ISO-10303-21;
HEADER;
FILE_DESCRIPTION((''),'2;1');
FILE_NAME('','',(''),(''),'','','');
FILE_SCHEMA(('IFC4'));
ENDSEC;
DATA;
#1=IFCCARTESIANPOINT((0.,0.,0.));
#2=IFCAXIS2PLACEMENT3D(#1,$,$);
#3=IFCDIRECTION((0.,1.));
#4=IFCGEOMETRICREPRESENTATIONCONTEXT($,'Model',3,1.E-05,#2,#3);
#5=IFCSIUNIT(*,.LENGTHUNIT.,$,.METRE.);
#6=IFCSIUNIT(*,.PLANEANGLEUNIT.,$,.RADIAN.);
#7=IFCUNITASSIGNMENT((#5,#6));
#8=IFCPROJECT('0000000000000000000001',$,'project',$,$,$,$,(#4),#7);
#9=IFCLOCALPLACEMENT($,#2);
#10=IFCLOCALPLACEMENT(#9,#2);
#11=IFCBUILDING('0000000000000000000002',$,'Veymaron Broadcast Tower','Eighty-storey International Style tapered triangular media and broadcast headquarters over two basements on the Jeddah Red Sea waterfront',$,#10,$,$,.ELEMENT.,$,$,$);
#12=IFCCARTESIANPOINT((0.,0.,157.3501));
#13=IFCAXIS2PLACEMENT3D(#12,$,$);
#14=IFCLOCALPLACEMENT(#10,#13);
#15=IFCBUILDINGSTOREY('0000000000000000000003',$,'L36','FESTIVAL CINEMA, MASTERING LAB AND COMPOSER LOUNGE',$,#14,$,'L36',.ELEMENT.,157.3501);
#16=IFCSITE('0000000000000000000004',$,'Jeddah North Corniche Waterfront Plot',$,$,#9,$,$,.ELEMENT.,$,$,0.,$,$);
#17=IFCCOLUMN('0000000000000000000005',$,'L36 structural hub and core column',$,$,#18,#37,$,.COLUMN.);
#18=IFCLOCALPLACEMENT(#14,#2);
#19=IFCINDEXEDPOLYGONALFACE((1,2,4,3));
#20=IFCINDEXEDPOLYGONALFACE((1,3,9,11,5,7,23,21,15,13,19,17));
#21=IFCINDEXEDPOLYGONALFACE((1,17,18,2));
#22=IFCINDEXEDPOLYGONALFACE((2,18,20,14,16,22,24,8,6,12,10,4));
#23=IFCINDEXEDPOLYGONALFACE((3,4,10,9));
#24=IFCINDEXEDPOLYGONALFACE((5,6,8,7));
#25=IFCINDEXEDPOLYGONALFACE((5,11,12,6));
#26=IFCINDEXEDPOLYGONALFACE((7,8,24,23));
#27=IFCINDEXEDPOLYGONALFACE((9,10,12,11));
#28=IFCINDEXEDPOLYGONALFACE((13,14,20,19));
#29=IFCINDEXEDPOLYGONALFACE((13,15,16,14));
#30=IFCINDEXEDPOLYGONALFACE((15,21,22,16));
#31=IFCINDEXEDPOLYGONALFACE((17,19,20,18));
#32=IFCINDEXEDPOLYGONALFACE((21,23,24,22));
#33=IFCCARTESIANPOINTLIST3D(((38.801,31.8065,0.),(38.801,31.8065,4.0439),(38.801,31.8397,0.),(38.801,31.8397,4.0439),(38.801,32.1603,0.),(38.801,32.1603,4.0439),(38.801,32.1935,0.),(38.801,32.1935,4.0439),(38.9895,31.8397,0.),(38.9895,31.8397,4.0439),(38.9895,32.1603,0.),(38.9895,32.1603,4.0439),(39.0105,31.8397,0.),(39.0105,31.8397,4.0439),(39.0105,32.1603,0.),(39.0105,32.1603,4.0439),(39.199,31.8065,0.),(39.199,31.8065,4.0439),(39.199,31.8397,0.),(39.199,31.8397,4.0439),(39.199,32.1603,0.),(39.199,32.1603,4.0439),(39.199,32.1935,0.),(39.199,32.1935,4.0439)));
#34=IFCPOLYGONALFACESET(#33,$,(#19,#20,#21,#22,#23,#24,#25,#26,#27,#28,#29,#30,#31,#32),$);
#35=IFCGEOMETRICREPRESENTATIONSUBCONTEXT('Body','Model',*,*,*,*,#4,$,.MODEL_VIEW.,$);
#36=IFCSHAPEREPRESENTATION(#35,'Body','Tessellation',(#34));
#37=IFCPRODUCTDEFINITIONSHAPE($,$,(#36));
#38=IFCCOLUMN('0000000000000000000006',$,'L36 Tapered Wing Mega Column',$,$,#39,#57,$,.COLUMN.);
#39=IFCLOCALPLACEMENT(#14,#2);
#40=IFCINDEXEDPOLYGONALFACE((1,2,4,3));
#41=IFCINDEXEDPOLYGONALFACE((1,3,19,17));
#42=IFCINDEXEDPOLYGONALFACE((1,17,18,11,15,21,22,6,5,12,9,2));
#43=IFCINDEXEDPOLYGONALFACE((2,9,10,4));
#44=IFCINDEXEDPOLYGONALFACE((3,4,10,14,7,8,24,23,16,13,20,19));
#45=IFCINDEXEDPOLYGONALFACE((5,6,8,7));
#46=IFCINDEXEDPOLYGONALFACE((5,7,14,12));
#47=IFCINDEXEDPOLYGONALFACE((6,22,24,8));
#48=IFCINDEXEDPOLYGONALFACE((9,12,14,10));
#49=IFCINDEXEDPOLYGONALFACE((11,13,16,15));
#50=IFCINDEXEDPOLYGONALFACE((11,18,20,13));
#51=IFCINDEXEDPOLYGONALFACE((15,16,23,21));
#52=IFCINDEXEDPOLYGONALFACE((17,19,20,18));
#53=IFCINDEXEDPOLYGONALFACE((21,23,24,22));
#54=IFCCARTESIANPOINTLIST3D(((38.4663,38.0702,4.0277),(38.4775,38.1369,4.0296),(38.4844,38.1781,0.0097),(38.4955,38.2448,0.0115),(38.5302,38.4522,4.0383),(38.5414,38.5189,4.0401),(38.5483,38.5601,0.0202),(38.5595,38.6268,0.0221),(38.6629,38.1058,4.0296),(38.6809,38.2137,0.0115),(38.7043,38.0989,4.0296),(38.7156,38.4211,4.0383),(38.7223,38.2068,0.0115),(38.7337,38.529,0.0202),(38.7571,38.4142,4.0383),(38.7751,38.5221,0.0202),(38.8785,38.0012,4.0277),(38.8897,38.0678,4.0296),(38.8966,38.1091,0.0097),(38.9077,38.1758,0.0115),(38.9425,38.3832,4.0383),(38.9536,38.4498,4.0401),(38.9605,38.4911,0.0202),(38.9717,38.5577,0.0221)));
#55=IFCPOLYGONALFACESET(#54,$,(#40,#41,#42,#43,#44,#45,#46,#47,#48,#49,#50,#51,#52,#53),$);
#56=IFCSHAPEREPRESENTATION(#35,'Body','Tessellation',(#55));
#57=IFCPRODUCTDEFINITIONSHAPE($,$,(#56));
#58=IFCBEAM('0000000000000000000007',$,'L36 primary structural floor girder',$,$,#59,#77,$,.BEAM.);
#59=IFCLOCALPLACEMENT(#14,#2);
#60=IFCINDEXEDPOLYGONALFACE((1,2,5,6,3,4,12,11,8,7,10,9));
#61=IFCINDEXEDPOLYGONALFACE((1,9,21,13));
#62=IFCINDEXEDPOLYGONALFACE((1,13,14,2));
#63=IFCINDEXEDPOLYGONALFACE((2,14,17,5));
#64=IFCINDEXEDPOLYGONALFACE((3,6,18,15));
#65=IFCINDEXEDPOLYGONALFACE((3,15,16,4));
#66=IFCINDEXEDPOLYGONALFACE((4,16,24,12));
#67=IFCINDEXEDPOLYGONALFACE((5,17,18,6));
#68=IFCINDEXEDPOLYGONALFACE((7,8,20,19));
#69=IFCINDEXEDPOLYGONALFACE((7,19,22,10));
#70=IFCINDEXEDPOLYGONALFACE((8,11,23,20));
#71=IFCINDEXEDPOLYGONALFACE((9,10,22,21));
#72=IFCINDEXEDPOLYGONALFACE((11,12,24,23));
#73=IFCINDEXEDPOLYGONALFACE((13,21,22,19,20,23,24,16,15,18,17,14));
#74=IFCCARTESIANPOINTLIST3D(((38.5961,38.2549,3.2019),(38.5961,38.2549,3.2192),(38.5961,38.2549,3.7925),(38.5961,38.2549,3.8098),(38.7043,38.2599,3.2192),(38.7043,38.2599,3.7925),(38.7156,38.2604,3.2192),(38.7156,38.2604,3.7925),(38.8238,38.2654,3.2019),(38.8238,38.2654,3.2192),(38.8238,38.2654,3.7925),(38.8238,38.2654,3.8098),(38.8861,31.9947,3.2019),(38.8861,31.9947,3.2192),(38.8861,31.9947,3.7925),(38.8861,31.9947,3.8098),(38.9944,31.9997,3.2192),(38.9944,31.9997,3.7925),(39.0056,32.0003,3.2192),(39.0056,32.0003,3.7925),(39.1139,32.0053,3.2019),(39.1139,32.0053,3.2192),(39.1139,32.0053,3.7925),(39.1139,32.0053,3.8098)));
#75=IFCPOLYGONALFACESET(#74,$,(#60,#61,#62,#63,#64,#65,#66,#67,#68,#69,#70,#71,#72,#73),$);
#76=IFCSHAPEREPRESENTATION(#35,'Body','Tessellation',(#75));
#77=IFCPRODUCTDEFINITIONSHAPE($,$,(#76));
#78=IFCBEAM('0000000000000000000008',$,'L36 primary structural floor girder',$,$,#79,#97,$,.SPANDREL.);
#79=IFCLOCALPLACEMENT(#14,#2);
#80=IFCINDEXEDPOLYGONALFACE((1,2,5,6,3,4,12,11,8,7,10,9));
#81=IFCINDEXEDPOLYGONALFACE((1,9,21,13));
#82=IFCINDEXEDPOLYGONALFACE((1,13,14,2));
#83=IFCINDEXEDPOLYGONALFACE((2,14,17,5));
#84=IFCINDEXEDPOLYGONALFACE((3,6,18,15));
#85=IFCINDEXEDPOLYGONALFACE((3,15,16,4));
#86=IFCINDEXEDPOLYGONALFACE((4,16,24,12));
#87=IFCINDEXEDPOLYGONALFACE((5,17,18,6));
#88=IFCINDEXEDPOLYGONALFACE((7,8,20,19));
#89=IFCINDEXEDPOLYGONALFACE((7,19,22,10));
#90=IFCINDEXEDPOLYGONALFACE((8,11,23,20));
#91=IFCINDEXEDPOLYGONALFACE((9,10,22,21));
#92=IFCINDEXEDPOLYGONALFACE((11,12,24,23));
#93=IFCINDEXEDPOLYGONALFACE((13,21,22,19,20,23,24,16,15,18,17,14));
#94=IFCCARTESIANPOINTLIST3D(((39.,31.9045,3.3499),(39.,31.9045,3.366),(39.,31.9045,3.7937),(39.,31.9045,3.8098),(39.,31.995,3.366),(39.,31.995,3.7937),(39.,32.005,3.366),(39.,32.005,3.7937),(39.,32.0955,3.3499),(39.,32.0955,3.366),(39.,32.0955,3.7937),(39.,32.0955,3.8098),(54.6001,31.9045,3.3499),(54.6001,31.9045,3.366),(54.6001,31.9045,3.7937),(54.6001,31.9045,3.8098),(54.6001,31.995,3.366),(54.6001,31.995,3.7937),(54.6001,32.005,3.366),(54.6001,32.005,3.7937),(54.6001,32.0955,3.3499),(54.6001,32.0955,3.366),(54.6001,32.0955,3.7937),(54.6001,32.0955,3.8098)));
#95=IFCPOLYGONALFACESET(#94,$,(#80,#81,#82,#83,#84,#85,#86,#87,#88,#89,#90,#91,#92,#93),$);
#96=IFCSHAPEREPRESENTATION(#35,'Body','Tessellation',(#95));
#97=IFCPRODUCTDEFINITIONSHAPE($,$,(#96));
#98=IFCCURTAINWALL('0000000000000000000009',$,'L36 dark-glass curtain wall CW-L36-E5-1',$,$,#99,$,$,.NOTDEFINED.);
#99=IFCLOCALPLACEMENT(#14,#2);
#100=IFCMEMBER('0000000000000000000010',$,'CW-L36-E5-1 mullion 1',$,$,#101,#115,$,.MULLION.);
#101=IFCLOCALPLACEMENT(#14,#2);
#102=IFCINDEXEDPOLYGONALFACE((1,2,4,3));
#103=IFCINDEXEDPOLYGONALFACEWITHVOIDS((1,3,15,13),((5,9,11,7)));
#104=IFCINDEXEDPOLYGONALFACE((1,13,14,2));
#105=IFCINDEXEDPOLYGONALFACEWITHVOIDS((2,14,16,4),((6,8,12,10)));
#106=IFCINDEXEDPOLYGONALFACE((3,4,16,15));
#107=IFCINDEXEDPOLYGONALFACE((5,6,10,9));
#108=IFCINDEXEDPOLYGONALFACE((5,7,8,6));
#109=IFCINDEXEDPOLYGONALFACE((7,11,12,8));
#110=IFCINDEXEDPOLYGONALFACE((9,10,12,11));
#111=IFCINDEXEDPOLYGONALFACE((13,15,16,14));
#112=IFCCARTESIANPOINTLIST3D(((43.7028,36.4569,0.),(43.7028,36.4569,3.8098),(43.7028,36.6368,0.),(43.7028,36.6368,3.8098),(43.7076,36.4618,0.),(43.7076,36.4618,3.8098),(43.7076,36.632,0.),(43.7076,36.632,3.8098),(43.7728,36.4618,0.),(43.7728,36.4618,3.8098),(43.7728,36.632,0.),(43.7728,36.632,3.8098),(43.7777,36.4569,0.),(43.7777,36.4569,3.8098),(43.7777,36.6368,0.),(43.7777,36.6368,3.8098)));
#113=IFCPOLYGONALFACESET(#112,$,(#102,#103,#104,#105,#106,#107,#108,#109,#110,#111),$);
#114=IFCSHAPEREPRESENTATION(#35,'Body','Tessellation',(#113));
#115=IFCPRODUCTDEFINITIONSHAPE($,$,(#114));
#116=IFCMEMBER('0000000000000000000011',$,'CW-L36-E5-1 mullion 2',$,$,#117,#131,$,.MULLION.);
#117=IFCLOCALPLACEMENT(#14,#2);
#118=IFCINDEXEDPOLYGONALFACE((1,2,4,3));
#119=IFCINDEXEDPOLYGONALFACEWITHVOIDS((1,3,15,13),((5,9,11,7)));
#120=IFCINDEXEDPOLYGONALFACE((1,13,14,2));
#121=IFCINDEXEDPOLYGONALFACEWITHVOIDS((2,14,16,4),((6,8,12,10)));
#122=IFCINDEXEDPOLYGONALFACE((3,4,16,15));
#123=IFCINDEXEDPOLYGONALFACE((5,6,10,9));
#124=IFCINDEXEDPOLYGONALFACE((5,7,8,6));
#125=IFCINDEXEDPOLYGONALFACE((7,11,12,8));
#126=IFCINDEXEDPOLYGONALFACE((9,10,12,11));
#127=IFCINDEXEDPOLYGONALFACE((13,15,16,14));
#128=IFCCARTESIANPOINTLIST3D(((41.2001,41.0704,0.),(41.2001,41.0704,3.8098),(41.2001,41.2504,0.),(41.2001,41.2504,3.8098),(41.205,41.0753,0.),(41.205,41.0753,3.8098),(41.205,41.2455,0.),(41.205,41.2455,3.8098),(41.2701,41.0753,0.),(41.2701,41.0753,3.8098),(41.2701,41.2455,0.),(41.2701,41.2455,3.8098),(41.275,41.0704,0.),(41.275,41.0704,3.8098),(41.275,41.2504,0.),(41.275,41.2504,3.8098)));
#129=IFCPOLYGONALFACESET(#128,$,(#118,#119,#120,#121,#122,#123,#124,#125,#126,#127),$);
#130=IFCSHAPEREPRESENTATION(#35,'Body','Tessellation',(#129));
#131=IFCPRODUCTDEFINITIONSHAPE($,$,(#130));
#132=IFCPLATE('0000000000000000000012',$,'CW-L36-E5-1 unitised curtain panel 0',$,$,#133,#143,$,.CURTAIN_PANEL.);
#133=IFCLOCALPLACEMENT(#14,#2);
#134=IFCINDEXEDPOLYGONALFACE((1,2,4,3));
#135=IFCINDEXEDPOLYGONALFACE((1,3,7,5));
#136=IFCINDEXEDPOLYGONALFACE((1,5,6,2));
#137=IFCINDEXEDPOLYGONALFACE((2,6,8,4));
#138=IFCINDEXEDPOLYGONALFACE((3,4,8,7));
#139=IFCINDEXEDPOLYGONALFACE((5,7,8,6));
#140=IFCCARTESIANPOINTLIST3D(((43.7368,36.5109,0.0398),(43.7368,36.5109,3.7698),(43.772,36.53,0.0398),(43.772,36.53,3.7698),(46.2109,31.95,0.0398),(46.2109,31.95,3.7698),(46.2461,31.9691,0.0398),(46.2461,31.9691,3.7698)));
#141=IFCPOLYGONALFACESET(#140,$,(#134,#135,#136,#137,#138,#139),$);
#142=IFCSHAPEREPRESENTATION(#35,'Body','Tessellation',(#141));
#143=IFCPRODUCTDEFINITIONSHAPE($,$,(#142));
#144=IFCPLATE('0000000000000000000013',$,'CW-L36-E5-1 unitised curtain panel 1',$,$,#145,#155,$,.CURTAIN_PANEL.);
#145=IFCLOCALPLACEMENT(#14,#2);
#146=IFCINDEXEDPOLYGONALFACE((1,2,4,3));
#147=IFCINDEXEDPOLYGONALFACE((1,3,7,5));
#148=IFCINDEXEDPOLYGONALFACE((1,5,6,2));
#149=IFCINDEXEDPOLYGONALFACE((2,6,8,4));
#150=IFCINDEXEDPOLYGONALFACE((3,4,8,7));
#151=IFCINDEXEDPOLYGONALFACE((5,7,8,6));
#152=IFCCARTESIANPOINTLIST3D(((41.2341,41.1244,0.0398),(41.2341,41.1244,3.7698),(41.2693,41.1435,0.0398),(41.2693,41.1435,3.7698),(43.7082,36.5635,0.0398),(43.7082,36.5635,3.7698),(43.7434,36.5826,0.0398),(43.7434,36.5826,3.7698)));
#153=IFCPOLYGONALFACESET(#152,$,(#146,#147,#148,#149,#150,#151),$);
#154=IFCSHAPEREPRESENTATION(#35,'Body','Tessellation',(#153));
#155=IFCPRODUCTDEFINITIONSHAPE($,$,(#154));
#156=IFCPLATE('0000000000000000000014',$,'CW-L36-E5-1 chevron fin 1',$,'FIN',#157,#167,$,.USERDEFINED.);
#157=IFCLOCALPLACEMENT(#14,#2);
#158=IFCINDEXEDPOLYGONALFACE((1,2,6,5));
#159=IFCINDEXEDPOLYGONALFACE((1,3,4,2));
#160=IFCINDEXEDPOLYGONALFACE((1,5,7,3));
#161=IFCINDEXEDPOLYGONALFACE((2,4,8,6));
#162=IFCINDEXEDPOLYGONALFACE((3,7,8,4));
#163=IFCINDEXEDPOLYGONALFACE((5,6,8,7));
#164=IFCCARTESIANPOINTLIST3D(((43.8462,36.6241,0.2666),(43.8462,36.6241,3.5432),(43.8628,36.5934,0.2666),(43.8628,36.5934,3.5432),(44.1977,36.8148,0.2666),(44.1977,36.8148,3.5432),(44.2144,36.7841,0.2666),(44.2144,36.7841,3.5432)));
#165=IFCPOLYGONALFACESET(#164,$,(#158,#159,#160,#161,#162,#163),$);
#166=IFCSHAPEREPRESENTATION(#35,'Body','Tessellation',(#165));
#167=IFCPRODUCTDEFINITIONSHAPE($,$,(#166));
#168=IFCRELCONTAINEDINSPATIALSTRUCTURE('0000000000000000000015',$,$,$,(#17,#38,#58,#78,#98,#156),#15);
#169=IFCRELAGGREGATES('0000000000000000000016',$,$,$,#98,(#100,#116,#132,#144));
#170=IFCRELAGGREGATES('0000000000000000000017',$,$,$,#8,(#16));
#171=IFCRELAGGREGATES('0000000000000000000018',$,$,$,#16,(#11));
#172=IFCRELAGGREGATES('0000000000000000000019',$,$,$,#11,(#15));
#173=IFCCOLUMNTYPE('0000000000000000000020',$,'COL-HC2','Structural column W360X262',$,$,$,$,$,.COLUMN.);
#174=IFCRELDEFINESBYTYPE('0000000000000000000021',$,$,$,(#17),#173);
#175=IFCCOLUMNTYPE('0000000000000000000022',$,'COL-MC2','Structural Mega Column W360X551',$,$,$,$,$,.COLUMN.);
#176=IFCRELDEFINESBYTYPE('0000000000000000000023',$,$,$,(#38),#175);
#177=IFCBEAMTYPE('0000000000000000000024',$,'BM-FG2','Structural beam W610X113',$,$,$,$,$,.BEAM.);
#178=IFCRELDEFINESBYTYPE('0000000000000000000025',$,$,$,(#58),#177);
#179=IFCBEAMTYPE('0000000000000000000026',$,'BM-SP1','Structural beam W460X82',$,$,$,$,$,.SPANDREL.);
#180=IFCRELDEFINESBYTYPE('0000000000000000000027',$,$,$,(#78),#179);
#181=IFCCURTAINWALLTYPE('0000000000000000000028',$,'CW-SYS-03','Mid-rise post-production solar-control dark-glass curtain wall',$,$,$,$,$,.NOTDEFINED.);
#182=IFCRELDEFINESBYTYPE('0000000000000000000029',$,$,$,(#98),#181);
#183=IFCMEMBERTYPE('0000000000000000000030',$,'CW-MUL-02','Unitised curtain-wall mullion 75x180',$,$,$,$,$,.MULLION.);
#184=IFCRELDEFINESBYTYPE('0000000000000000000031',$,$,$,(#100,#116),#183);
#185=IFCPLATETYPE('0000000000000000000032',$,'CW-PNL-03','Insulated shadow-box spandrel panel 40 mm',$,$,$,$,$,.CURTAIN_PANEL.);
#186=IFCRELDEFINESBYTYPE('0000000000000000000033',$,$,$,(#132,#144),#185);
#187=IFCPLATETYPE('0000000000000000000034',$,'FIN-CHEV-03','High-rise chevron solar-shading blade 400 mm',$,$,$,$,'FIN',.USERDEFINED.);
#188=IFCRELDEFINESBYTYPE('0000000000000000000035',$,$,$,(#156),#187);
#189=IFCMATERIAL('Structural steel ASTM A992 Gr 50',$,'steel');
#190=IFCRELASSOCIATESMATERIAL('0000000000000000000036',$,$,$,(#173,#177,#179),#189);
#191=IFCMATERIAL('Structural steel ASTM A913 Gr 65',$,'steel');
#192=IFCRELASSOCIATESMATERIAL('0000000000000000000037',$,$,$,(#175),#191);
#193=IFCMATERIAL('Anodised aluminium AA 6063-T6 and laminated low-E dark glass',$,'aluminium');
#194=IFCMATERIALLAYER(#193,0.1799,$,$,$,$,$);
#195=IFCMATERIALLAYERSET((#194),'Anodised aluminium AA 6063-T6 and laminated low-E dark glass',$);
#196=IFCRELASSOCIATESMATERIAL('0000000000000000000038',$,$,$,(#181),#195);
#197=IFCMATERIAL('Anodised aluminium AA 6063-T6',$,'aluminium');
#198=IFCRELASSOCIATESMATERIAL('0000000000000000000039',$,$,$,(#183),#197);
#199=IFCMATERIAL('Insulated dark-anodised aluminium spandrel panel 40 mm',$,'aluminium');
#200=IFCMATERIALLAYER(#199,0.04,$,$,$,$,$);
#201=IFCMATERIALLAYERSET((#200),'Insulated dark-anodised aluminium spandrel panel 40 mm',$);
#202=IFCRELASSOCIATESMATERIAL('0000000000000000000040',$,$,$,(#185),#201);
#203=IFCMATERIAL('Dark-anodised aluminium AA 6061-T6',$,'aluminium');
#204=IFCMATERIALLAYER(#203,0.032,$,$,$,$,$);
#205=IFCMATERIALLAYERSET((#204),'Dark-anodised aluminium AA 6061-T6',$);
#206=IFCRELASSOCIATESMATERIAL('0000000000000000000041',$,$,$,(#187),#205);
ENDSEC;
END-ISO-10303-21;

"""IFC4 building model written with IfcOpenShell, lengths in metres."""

from ifc_helpers import new_model, si_unit, direction, frame, origin, origin_2d, place, context, subcontext, project, spatial, rectangle, hollow_rectangle, i_section, extrude, material, layer, layer_set, material_profile, profile_set, type_object, element, aggregate, save


model = new_model("IFC4")

# Units and contexts
model_context = context("Model", 3, precision=1e-05, world=origin(), true_north=direction((0.0, 1.0)))
body_context = subcontext(model_context, "Body", "Model", "MODEL_VIEW")
ifc_project = project(units=[si_unit("LENGTHUNIT", "METRE"), si_unit("PLANEANGLEUNIT", "RADIAN")], contexts=[model_context])

# Site, building, storey
site_placement = place(None, origin())
site = spatial("IfcSite", under=ifc_project, at=site_placement, Name="Jeddah North Corniche Waterfront Plot", CompositionType="ELEMENT", RefElevation=0.0)
building_placement = place(site_placement, origin())
building = spatial("IfcBuilding", under=site, at=building_placement, Name="Veymaron Broadcast Tower", Description="Eighty-storey International Style tapered triangular media and broadcast headquarters over two basements on the Jeddah Red Sea waterfront", CompositionType="ELEMENT")
storey_placement = place(building_placement, frame((0.0, 0.0, 157.3501)))
storey = spatial("IfcBuildingStorey", under=building, at=storey_placement, Name="L36", Description="FESTIVAL CINEMA, MASTERING LAB AND COMPOSER LOUNGE", LongName="L36", CompositionType="ELEMENT", Elevation=157.3501)

# Columns
ifc_material_1 = material(Name="Structural steel ASTM A992 Gr 50", Category="steel")
ifc_material_profile_1 = material_profile(ifc_material_1, i_section(OverallWidth=0.3979, OverallDepth=0.387, WebThickness=0.021, FlangeThickness=0.0332, at=origin_2d()), Name="W360X262")
ifc_profile_set_1 = profile_set([ifc_material_profile_1], Name="Structural steel ASTM A992 Gr 50")
column_type_1 = type_object("IfcColumnType", Name="COL-HC2", Description="Structural column W360X262", PredefinedType="COLUMN", material=ifc_profile_set_1)
column_1_placement = place(storey_placement, frame((39.0, 32.0, 0.0), z_axis=(0.0, 0.0, 1.0), x_axis=(1.0, 0.0, 0.0)))
element("IfcColumn", 1, at=column_1_placement, inside=storey, type_object=column_type_1, Name="L36 structural hub and core column", PredefinedType="COLUMN", context=body_context, shape_type="SweptSolid", body=[
    extrude(i_section(OverallWidth=0.3979, OverallDepth=0.387, WebThickness=0.021, FlangeThickness=0.0332, at=origin_2d()), origin(), (0.0, 0.0, 1.0), 4.0439),
])
ifc_material_2 = material(Name="Structural steel ASTM A913 Gr 65", Category="steel")
ifc_material_profile_2 = material_profile(ifc_material_2, i_section(OverallWidth=0.418, OverallDepth=0.4551, WebThickness=0.042, FlangeThickness=0.0676, at=origin_2d()), Name="W360X551")
ifc_profile_set_2 = profile_set([ifc_material_profile_2], Name="Structural steel ASTM A913 Gr 65")
column_type_2 = type_object("IfcColumnType", Name="COL-MC2", Description="Structural Mega Column W360X551", PredefinedType="COLUMN", material=ifc_profile_set_2)
column_2_placement = place(storey_placement, frame((38.728, 38.3679, 0.0159), z_axis=(-0.004495, -0.026846, 0.999629), x_axis=(0.986273, -0.165123, 0.0)))
element("IfcColumn", 2, at=column_2_placement, inside=storey, type_object=column_type_2, Name="L36 Tapered Wing Mega Column", PredefinedType="COLUMN", context=body_context, shape_type="SweptSolid", body=[
    extrude(i_section(OverallWidth=0.418, OverallDepth=0.4551, WebThickness=0.042, FlangeThickness=0.0676, at=origin_2d()), origin(), (0.0, 0.0, 1.0), 4.0195),
])

# Beams
ifc_material_profile_3 = material_profile(ifc_material_1, i_section(OverallWidth=0.228, OverallDepth=0.6079, WebThickness=0.0112, FlangeThickness=0.0173, at=origin_2d()), Name="W610X113")
ifc_profile_set_3 = profile_set([ifc_material_profile_3], Name="Structural steel ASTM A992 Gr 50")
beam_type_1 = type_object("IfcBeamType", Name="BM-FG2", Description="Structural beam W610X113", PredefinedType="BEAM", material=ifc_profile_set_3)
beam_1_placement = place(storey_placement, frame((39.0, 32.0, 3.5059), z_axis=(-0.046282, 0.998928, 0.0), x_axis=(-0.998928, -0.046282, 0.0)))
element("IfcBeam", 3, at=beam_1_placement, inside=storey, type_object=beam_type_1, Name="L36 primary structural floor girder", PredefinedType="BEAM", context=body_context, shape_type="SweptSolid", body=[
    extrude(i_section(OverallWidth=0.228, OverallDepth=0.6079, WebThickness=0.0112, FlangeThickness=0.0173, at=origin_2d()), origin(), (0.0, 0.0, 1.0), 6.2668),
])
ifc_material_profile_4 = material_profile(ifc_material_1, i_section(OverallWidth=0.1909, OverallDepth=0.46, WebThickness=0.01, FlangeThickness=0.0161, at=origin_2d()), Name="W460X82")
ifc_profile_set_4 = profile_set([ifc_material_profile_4], Name="Structural steel ASTM A992 Gr 50")
beam_type_2 = type_object("IfcBeamType", Name="BM-SP1", Description="Structural beam W460X82", PredefinedType="SPANDREL", material=ifc_profile_set_4)
beam_2_placement = place(storey_placement, frame((39.0, 32.0, 3.5798), z_axis=(1.0, 0.0, 0.0), x_axis=(0.0, 1.0, 0.0)))
element("IfcBeam", 4, at=beam_2_placement, inside=storey, type_object=beam_type_2, Name="L36 primary structural floor girder", PredefinedType="SPANDREL", context=body_context, shape_type="SweptSolid", body=[
    extrude(i_section(OverallWidth=0.1909, OverallDepth=0.46, WebThickness=0.01, FlangeThickness=0.0161, at=origin_2d()), origin(), (0.0, 0.0, 1.0), 15.6001),
])

# Curtain wall, members, plates
ifc_material_3 = material(Name="Anodised aluminium AA 6063-T6 and laminated low-E dark glass", Category="aluminium")
ifc_layer_1 = layer(ifc_material_3, 0.1799)
ifc_layer_set_1 = layer_set([ifc_layer_1], Name="Anodised aluminium AA 6063-T6 and laminated low-E dark glass")
curtain_wall_type = type_object("IfcCurtainWallType", Name="CW-SYS-03", Description="Mid-rise post-production solar-control dark-glass curtain wall", PredefinedType="NOTDEFINED", material=ifc_layer_set_1)
curtain_wall_placement = place(storey_placement, origin())
curtain_wall = element("IfcCurtainWall", 5, at=curtain_wall_placement, inside=storey, type_object=curtain_wall_type, Name="L36 dark-glass curtain wall CW-L36-E5-1", PredefinedType="NOTDEFINED")
ifc_material_4 = material(Name="Anodised aluminium AA 6063-T6", Category="aluminium")
ifc_material_profile_5 = material_profile(ifc_material_4, hollow_rectangle(XDim=0.075, YDim=0.1799, WallThickness=0.0049, at=origin_2d()), Name="AL180X75X5")
ifc_profile_set_5 = profile_set([ifc_material_profile_5], Name="Anodised aluminium AA 6063-T6")
member_type = type_object("IfcMemberType", Name="CW-MUL-02", Description="Unitised curtain-wall mullion 75x180", PredefinedType="MULLION", material=ifc_profile_set_5)
member_1_placement = place(storey_placement, frame((43.7402, 36.5469, 0.0), z_axis=(0.0, 0.0, 1.0), x_axis=(1.0, 0.0, 0.0)))
member_1 = element("IfcMember", 6, at=member_1_placement, type_object=member_type, Name="CW-L36-E5-1 mullion 1", PredefinedType="MULLION", context=body_context, shape_type="SweptSolid", body=[
    extrude(hollow_rectangle(XDim=0.075, YDim=0.1799, WallThickness=0.0049, at=origin_2d()), origin(), (0.0, 0.0, 1.0), 3.8098),
])
member_2_placement = place(storey_placement, frame((41.2375, 41.1604, 0.0), z_axis=(0.0, 0.0, 1.0), x_axis=(1.0, 0.0, 0.0)))
member_2 = element("IfcMember", 7, at=member_2_placement, type_object=member_type, Name="CW-L36-E5-1 mullion 2", PredefinedType="MULLION", context=body_context, shape_type="SweptSolid", body=[
    extrude(hollow_rectangle(XDim=0.075, YDim=0.1799, WallThickness=0.0049, at=origin_2d()), origin(), (0.0, 0.0, 1.0), 3.8098),
])
ifc_material_5 = material(Name="Insulated dark-anodised aluminium spandrel panel 40 mm", Category="aluminium")
ifc_layer_2 = layer(ifc_material_5, 0.04)
ifc_layer_set_2 = layer_set([ifc_layer_2], Name="Insulated dark-anodised aluminium spandrel panel 40 mm")
plate_type_1 = type_object("IfcPlateType", Name="CW-PNL-03", Description="Insulated shadow-box spandrel panel 40 mm", PredefinedType="CURTAIN_PANEL", material=ifc_layer_set_2)
plate_1_placement = place(storey_placement, frame((44.9915, 34.24, 0.0398), z_axis=(0.0, 0.0, 1.0), x_axis=(-0.476821, 0.879, 0.0)))
plate_1 = element("IfcPlate", 8, at=plate_1_placement, type_object=plate_type_1, Name="CW-L36-E5-1 unitised curtain panel 0", PredefinedType="CURTAIN_PANEL", context=body_context, shape_type="SweptSolid", body=[
    extrude(rectangle(XDim=5.1887, YDim=0.04, at=origin_2d()), origin(), (0.0, 0.0, 1.0), 3.73),
])
plate_2_placement = place(storey_placement, frame((42.4888, 38.8535, 0.0398), z_axis=(0.0, 0.0, 1.0), x_axis=(-0.476821, 0.879, 0.0)))
plate_2 = element("IfcPlate", 9, at=plate_2_placement, type_object=plate_type_1, Name="CW-L36-E5-1 unitised curtain panel 1", PredefinedType="CURTAIN_PANEL", context=body_context, shape_type="SweptSolid", body=[
    extrude(rectangle(XDim=5.1887, YDim=0.04, at=origin_2d()), origin(), (0.0, 0.0, 1.0), 3.73),
])
aggregate(curtain_wall, [member_1, member_2, plate_1, plate_2])

# Plate
ifc_material_6 = material(Name="Dark-anodised aluminium AA 6061-T6", Category="aluminium")
ifc_layer_3 = layer(ifc_material_6, 0.032)
ifc_layer_set_3 = layer_set([ifc_layer_3], Name="Dark-anodised aluminium AA 6061-T6")
plate_type_2 = type_object("IfcPlateType", Name="FIN-CHEV-03", Description="High-rise chevron solar-shading blade 400 mm", ElementType="FIN", PredefinedType="USERDEFINED", material=ifc_layer_set_3)
plate_3_placement = place(storey_placement, frame((44.0303, 36.7041, 0.2666), z_axis=(0.0, 0.0, 1.0), x_axis=(0.879, 0.476821, 0.0)))
element("IfcPlate", 10, at=plate_3_placement, inside=storey, type_object=plate_type_2, Name="CW-L36-E5-1 chevron fin 1", ObjectType="FIN", PredefinedType="USERDEFINED", context=body_context, shape_type="SweptSolid", body=[
    extrude(rectangle(XDim=0.3999, YDim=0.0349, at=origin_2d()), origin(), (0.0, 0.0, 1.0), 3.2766),
])

save(model, "model.ifc")
